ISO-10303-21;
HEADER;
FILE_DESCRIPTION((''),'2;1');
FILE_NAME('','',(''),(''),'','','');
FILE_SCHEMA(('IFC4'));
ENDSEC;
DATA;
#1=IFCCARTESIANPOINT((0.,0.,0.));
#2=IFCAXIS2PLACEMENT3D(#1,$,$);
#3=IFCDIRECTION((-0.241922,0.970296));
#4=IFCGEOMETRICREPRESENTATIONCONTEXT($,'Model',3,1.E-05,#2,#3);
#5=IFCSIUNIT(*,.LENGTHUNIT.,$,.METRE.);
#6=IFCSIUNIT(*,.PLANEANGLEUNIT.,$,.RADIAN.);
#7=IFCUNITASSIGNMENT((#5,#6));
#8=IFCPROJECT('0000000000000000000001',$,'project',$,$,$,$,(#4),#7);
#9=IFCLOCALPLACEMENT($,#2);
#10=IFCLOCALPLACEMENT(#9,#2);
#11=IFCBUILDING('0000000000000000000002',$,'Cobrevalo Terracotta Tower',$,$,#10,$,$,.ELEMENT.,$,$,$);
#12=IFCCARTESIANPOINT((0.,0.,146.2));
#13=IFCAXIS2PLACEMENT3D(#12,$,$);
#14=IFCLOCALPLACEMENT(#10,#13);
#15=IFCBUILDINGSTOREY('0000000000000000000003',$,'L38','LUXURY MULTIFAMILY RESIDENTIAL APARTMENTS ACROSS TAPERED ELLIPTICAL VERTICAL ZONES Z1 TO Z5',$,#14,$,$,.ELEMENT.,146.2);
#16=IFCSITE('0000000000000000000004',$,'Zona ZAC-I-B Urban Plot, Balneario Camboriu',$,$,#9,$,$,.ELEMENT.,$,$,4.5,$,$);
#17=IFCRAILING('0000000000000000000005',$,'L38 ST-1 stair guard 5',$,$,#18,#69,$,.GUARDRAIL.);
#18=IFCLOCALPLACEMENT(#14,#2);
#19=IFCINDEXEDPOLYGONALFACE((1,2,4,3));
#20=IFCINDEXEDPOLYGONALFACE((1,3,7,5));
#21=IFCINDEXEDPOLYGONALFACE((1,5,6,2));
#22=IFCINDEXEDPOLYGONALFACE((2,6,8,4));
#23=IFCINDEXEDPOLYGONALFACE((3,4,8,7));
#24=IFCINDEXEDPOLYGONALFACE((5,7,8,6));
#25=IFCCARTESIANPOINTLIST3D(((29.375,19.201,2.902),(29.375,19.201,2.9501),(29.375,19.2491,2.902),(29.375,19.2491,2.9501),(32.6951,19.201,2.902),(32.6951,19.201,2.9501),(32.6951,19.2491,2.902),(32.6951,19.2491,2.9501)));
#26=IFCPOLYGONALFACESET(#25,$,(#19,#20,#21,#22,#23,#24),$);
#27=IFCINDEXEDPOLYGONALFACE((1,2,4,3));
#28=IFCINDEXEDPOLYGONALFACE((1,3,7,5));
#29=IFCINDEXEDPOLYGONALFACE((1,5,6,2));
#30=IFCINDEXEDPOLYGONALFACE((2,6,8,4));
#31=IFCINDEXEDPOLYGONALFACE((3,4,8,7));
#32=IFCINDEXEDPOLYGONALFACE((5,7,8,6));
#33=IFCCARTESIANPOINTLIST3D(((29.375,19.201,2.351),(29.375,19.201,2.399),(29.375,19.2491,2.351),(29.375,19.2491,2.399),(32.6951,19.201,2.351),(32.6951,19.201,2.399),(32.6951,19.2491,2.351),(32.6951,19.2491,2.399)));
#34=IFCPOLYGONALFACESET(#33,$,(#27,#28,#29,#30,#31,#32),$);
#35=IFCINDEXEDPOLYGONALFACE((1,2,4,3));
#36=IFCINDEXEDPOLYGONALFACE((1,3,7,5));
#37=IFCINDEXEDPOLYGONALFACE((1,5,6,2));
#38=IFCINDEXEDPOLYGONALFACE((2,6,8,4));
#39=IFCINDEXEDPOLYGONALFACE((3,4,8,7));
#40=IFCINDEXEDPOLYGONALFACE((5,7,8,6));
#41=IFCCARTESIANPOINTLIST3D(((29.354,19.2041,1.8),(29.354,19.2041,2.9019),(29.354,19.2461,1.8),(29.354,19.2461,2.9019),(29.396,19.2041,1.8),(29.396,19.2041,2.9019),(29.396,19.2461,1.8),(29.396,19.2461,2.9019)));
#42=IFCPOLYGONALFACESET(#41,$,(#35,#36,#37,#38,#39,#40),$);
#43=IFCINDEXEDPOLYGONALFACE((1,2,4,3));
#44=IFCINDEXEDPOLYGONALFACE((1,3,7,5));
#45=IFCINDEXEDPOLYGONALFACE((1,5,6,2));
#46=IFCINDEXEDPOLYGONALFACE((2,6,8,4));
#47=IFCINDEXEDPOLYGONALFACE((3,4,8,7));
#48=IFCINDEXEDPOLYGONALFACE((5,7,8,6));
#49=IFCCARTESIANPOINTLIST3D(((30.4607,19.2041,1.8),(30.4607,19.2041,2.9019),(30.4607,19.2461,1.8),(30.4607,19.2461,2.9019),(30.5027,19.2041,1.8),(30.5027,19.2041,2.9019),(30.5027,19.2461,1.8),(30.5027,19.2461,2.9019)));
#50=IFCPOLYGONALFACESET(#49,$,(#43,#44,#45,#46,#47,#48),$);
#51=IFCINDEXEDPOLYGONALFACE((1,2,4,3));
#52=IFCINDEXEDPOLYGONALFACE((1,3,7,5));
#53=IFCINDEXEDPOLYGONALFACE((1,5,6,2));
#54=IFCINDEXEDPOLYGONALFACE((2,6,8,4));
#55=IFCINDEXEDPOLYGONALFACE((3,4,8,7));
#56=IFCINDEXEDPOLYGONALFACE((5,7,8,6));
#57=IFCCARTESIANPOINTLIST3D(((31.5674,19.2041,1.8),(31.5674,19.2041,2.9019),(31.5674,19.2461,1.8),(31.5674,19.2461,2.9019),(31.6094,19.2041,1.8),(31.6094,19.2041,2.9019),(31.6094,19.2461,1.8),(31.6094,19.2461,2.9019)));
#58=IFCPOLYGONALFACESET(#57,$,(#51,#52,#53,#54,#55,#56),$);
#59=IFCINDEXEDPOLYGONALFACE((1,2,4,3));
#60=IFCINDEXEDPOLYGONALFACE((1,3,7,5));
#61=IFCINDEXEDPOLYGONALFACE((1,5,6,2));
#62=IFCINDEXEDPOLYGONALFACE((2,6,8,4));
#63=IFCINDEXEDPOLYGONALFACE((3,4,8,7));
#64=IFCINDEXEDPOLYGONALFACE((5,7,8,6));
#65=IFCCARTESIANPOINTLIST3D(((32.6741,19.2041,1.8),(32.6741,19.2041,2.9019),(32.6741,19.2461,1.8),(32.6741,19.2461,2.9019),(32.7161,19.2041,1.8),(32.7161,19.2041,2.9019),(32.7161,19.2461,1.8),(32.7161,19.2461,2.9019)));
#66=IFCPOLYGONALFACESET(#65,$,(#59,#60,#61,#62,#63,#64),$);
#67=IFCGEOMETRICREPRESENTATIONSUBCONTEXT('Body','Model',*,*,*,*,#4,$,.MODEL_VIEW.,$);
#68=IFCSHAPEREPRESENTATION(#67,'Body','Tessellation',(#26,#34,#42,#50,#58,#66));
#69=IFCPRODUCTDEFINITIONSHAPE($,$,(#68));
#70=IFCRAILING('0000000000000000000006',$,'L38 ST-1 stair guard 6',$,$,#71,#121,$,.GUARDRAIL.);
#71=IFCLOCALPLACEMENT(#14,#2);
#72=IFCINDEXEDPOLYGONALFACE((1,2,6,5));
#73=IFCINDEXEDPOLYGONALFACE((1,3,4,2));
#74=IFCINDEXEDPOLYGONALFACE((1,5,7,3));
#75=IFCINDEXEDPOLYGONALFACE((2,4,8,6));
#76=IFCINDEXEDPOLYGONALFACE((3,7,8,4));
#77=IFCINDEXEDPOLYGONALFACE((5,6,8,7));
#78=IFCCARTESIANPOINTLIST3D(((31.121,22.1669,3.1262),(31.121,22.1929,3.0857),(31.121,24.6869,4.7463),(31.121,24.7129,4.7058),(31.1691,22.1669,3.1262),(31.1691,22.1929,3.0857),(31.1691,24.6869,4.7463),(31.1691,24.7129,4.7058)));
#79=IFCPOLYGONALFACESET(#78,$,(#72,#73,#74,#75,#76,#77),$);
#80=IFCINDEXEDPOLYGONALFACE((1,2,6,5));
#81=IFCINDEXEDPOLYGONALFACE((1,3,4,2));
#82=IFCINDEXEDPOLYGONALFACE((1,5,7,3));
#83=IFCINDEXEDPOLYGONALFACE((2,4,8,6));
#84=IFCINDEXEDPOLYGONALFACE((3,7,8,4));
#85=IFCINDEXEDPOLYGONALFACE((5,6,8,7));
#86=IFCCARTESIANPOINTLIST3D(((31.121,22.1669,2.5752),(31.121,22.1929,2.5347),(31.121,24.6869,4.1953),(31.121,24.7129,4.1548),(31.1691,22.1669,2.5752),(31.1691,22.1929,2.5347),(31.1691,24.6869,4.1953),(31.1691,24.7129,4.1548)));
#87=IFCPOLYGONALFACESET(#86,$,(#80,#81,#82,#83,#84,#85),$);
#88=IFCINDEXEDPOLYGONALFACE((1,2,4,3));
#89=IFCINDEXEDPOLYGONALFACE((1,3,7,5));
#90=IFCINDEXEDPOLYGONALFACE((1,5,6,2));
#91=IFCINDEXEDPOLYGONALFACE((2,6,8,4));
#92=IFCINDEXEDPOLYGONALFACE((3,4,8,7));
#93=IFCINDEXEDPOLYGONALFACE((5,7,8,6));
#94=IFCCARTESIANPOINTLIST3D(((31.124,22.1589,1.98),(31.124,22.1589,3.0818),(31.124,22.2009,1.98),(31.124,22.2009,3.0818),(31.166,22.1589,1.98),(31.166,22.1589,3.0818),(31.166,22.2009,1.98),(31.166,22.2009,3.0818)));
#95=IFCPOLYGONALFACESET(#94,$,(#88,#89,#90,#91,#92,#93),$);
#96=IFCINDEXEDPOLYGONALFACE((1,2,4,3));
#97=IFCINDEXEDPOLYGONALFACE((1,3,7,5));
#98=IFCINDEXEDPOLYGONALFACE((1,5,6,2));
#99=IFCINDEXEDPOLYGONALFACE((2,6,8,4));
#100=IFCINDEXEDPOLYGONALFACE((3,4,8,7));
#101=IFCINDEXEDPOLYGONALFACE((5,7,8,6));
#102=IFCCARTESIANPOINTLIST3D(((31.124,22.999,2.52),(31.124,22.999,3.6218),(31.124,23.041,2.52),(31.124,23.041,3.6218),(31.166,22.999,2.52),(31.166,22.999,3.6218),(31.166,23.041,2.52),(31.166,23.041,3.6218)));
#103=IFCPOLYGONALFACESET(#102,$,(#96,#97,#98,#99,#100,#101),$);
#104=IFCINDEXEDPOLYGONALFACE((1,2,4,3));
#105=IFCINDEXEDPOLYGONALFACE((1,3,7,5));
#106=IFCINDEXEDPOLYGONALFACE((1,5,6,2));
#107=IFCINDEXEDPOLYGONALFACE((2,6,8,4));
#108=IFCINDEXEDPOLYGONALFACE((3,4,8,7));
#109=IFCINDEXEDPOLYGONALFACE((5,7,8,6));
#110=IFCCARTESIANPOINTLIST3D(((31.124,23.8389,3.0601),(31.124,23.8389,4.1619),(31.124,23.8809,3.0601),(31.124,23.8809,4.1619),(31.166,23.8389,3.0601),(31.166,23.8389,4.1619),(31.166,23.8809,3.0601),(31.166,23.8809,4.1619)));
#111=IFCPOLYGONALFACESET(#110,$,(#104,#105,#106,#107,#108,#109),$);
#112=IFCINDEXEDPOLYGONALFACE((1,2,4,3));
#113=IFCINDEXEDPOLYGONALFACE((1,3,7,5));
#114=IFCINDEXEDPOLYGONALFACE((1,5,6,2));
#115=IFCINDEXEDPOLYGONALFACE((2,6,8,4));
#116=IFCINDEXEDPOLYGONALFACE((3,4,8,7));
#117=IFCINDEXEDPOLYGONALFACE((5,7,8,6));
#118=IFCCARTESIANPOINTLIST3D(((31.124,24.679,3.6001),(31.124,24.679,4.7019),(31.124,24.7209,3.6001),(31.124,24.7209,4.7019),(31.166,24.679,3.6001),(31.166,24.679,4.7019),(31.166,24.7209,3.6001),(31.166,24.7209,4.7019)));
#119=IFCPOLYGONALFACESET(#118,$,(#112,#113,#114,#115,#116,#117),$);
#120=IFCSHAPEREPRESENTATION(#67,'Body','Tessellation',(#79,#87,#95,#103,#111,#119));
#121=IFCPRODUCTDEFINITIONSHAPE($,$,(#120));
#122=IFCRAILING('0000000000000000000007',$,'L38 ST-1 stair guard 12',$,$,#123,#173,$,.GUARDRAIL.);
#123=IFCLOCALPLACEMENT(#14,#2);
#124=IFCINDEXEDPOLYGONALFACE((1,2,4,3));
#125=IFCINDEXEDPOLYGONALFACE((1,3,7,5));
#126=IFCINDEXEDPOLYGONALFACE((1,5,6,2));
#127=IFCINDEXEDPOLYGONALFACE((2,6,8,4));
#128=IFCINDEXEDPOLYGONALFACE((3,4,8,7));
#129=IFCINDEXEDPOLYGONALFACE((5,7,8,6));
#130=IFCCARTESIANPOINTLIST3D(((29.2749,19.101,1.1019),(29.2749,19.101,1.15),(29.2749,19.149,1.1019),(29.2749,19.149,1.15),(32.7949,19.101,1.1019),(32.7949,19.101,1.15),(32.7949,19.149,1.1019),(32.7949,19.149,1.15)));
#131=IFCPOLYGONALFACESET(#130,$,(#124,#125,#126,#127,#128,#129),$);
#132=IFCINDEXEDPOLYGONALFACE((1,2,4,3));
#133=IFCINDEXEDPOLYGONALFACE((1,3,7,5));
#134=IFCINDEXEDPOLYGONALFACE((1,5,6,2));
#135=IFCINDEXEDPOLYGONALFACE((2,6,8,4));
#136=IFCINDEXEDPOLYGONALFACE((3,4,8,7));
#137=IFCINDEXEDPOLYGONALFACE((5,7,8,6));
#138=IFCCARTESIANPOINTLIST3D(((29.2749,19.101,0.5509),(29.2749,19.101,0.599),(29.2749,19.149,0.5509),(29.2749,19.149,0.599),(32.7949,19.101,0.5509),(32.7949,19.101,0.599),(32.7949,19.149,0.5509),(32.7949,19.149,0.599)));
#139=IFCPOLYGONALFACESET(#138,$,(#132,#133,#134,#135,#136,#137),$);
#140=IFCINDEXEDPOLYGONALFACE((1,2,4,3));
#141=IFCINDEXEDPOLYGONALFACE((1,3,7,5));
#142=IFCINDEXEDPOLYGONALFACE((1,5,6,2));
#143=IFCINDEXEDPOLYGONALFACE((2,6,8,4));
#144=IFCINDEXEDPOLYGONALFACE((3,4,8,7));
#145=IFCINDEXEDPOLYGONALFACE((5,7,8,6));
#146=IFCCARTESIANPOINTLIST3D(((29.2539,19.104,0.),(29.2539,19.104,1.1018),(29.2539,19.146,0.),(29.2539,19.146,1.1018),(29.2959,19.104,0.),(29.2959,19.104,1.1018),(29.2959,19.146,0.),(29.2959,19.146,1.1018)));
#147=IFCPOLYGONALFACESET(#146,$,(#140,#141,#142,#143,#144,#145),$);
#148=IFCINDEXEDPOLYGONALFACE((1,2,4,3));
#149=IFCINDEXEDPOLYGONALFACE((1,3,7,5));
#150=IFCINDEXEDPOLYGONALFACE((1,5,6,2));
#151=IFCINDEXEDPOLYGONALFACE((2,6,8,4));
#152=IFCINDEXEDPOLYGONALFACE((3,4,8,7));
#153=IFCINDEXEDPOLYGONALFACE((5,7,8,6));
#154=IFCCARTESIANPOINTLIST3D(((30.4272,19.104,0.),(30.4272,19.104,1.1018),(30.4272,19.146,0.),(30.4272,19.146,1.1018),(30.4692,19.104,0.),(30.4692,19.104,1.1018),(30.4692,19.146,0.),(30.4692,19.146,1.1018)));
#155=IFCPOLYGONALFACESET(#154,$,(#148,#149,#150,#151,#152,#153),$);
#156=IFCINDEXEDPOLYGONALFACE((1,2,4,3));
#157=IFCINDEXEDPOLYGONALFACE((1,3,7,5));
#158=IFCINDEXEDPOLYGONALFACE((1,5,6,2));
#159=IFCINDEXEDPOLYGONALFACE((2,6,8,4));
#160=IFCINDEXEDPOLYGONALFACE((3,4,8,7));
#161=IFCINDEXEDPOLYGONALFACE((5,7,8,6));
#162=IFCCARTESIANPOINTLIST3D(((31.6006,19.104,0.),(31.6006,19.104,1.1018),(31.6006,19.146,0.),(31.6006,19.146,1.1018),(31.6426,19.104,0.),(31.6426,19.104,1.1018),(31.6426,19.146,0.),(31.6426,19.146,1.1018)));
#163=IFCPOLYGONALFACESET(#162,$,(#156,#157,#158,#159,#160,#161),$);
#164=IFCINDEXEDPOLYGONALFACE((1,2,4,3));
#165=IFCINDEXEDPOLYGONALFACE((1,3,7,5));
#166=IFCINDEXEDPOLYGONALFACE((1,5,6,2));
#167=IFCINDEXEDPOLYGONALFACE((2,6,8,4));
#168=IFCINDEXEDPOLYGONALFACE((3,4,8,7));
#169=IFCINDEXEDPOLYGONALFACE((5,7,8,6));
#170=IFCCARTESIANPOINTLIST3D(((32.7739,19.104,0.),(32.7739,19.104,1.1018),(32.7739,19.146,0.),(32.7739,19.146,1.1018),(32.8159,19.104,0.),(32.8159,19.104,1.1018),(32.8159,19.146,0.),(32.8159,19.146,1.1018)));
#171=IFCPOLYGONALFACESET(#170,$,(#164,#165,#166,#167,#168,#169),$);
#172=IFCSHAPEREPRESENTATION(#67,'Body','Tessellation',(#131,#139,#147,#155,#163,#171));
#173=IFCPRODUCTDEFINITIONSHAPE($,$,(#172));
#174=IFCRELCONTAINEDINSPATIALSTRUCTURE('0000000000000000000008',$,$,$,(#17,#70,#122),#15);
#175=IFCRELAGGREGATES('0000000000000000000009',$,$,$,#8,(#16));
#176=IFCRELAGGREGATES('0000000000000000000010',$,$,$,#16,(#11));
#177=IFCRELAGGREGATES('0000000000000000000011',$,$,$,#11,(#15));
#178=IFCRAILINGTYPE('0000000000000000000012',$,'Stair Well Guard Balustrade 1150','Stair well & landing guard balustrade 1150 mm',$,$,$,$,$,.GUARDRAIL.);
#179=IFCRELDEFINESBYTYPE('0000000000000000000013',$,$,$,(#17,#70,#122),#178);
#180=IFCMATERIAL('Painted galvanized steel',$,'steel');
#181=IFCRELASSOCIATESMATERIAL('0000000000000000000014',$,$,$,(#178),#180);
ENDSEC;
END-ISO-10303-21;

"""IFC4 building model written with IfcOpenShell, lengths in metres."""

from ifc_helpers import new_model, si_unit, direction, frame, origin, origin_2d, place, context, subcontext, project, spatial, rectangle, extrude, material, type_object, element, save


model = new_model("IFC4")

# Units and contexts
model_context = context("Model", 3, precision=1e-05, world=origin(), true_north=direction((-0.241922, 0.970296)))
body_context = subcontext(model_context, "Body", "Model", "MODEL_VIEW")
ifc_project = project(units=[si_unit("LENGTHUNIT", "METRE"), si_unit("PLANEANGLEUNIT", "RADIAN")], contexts=[model_context])

# Site, building, storey
site_placement = place(None, origin())
site = spatial("IfcSite", under=ifc_project, at=site_placement, Name="Zona ZAC-I-B Urban Plot, Balneario Camboriu", CompositionType="ELEMENT", RefElevation=4.5)
building_placement = place(site_placement, origin())
building = spatial("IfcBuilding", under=site, at=building_placement, Name="Cobrevalo Terracotta Tower", CompositionType="ELEMENT")
storey_placement = place(building_placement, frame((0.0, 0.0, 146.2)))
storey = spatial("IfcBuildingStorey", under=building, at=storey_placement, Name="L38", Description="LUXURY MULTIFAMILY RESIDENTIAL APARTMENTS ACROSS TAPERED ELLIPTICAL VERTICAL ZONES Z1 TO Z5", CompositionType="ELEMENT", Elevation=146.2)

# Railings
ifc_material_1 = material(Name="Painted galvanized steel", Category="steel")
railing_type_1 = type_object("IfcRailingType", Name="Stair Well Guard Balustrade 1150", Description="Stair well & landing guard balustrade 1150 mm", PredefinedType="GUARDRAIL", material=ifc_material_1)
railing_1_placement = place(storey_placement, frame((29.375, 19.2251, 1.8)))
element("IfcRailing", 1, at=railing_1_placement, inside=storey, type_object=railing_type_1, Name="L38 ST-1 stair guard 5", PredefinedType="GUARDRAIL", context=body_context, shape_type="SweptSolid", body=[
    extrude(rectangle(XDim=0.0481, YDim=0.0481, at=origin_2d()), frame((0.0, 0.0, 1.126), z_axis=(1.0, 0.0, 0.0), x_axis=(0.0, 1.0, 0.0)), (0.0, 0.0, 1.0), 3.3201),
    extrude(rectangle(XDim=0.0481, YDim=0.0481, at=origin_2d()), frame((0.0, 0.0, 0.575), z_axis=(1.0, 0.0, 0.0), x_axis=(0.0, 1.0, 0.0)), (0.0, 0.0, 1.0), 3.3201),
    extrude(rectangle(XDim=0.042, YDim=0.042, at=origin_2d()), origin(), (0.0, 0.0, 1.0), 1.1018),
    extrude(rectangle(XDim=0.042, YDim=0.042, at=origin_2d()), frame((1.1067, 0.0, 0.0)), (0.0, 0.0, 1.0), 1.1018),
    extrude(rectangle(XDim=0.042, YDim=0.042, at=origin_2d()), frame((2.2134, 0.0, 0.0)), (0.0, 0.0, 1.0), 1.1018),
    extrude(rectangle(XDim=0.042, YDim=0.042, at=origin_2d()), frame((3.3201, 0.0, 0.0)), (0.0, 0.0, 1.0), 1.1018),
])
railing_2_placement = place(storey_placement, frame((31.145, 22.1799, 1.98)))
element("IfcRailing", 2, at=railing_2_placement, inside=storey, type_object=railing_type_1, Name="L38 ST-1 stair guard 6", PredefinedType="GUARDRAIL", context=body_context, shape_type="SweptSolid", body=[
    extrude(rectangle(XDim=0.0481, YDim=0.0481, at=origin_2d()), frame((0.0, 0.0, 1.126), z_axis=(0.0, 0.841163, 0.540782), x_axis=(-1.0, 0.0, 0.0)), (0.0, 0.0, 1.0), 2.9958),
    extrude(rectangle(XDim=0.0481, YDim=0.0481, at=origin_2d()), frame((0.0, 0.0, 0.575), z_axis=(0.0, 0.841163, 0.540782), x_axis=(-1.0, 0.0, 0.0)), (0.0, 0.0, 1.0), 2.9958),
    extrude(rectangle(XDim=0.042, YDim=0.042, at=origin_2d()), origin(), (0.0, 0.0, 1.0), 1.1018),
    extrude(rectangle(XDim=0.042, YDim=0.042, at=origin_2d()), frame((0.0, 0.8401, 0.54)), (0.0, 0.0, 1.0), 1.1018),
    extrude(rectangle(XDim=0.042, YDim=0.042, at=origin_2d()), frame((0.0, 1.6799, 1.0801)), (0.0, 0.0, 1.0), 1.1018),
    extrude(rectangle(XDim=0.042, YDim=0.042, at=origin_2d()), frame((0.0, 2.52, 1.6201)), (0.0, 0.0, 1.0), 1.1018),
])
railing_3_placement = place(storey_placement, frame((29.2749, 19.125, 0.0)))
element("IfcRailing", 3, at=railing_3_placement, inside=storey, type_object=railing_type_1, Name="L38 ST-1 stair guard 12", PredefinedType="GUARDRAIL", context=body_context, shape_type="SweptSolid", body=[
    extrude(rectangle(XDim=0.0481, YDim=0.0481, at=origin_2d()), frame((0.0, 0.0, 1.126), z_axis=(1.0, 0.0, 0.0), x_axis=(0.0, 1.0, 0.0)), (0.0, 0.0, 1.0), 3.52),
    extrude(rectangle(XDim=0.0481, YDim=0.0481, at=origin_2d()), frame((0.0, 0.0, 0.575), z_axis=(1.0, 0.0, 0.0), x_axis=(0.0, 1.0, 0.0)), (0.0, 0.0, 1.0), 3.52),
    extrude(rectangle(XDim=0.042, YDim=0.042, at=origin_2d()), origin(), (0.0, 0.0, 1.0), 1.1018),
    extrude(rectangle(XDim=0.042, YDim=0.042, at=origin_2d()), frame((1.1733, 0.0, 0.0)), (0.0, 0.0, 1.0), 1.1018),
    extrude(rectangle(XDim=0.042, YDim=0.042, at=origin_2d()), frame((2.3467, 0.0, 0.0)), (0.0, 0.0, 1.0), 1.1018),
    extrude(rectangle(XDim=0.042, YDim=0.042, at=origin_2d()), frame((3.52, 0.0, 0.0)), (0.0, 0.0, 1.0), 1.1018),
])

save(model, "model.ifc")
